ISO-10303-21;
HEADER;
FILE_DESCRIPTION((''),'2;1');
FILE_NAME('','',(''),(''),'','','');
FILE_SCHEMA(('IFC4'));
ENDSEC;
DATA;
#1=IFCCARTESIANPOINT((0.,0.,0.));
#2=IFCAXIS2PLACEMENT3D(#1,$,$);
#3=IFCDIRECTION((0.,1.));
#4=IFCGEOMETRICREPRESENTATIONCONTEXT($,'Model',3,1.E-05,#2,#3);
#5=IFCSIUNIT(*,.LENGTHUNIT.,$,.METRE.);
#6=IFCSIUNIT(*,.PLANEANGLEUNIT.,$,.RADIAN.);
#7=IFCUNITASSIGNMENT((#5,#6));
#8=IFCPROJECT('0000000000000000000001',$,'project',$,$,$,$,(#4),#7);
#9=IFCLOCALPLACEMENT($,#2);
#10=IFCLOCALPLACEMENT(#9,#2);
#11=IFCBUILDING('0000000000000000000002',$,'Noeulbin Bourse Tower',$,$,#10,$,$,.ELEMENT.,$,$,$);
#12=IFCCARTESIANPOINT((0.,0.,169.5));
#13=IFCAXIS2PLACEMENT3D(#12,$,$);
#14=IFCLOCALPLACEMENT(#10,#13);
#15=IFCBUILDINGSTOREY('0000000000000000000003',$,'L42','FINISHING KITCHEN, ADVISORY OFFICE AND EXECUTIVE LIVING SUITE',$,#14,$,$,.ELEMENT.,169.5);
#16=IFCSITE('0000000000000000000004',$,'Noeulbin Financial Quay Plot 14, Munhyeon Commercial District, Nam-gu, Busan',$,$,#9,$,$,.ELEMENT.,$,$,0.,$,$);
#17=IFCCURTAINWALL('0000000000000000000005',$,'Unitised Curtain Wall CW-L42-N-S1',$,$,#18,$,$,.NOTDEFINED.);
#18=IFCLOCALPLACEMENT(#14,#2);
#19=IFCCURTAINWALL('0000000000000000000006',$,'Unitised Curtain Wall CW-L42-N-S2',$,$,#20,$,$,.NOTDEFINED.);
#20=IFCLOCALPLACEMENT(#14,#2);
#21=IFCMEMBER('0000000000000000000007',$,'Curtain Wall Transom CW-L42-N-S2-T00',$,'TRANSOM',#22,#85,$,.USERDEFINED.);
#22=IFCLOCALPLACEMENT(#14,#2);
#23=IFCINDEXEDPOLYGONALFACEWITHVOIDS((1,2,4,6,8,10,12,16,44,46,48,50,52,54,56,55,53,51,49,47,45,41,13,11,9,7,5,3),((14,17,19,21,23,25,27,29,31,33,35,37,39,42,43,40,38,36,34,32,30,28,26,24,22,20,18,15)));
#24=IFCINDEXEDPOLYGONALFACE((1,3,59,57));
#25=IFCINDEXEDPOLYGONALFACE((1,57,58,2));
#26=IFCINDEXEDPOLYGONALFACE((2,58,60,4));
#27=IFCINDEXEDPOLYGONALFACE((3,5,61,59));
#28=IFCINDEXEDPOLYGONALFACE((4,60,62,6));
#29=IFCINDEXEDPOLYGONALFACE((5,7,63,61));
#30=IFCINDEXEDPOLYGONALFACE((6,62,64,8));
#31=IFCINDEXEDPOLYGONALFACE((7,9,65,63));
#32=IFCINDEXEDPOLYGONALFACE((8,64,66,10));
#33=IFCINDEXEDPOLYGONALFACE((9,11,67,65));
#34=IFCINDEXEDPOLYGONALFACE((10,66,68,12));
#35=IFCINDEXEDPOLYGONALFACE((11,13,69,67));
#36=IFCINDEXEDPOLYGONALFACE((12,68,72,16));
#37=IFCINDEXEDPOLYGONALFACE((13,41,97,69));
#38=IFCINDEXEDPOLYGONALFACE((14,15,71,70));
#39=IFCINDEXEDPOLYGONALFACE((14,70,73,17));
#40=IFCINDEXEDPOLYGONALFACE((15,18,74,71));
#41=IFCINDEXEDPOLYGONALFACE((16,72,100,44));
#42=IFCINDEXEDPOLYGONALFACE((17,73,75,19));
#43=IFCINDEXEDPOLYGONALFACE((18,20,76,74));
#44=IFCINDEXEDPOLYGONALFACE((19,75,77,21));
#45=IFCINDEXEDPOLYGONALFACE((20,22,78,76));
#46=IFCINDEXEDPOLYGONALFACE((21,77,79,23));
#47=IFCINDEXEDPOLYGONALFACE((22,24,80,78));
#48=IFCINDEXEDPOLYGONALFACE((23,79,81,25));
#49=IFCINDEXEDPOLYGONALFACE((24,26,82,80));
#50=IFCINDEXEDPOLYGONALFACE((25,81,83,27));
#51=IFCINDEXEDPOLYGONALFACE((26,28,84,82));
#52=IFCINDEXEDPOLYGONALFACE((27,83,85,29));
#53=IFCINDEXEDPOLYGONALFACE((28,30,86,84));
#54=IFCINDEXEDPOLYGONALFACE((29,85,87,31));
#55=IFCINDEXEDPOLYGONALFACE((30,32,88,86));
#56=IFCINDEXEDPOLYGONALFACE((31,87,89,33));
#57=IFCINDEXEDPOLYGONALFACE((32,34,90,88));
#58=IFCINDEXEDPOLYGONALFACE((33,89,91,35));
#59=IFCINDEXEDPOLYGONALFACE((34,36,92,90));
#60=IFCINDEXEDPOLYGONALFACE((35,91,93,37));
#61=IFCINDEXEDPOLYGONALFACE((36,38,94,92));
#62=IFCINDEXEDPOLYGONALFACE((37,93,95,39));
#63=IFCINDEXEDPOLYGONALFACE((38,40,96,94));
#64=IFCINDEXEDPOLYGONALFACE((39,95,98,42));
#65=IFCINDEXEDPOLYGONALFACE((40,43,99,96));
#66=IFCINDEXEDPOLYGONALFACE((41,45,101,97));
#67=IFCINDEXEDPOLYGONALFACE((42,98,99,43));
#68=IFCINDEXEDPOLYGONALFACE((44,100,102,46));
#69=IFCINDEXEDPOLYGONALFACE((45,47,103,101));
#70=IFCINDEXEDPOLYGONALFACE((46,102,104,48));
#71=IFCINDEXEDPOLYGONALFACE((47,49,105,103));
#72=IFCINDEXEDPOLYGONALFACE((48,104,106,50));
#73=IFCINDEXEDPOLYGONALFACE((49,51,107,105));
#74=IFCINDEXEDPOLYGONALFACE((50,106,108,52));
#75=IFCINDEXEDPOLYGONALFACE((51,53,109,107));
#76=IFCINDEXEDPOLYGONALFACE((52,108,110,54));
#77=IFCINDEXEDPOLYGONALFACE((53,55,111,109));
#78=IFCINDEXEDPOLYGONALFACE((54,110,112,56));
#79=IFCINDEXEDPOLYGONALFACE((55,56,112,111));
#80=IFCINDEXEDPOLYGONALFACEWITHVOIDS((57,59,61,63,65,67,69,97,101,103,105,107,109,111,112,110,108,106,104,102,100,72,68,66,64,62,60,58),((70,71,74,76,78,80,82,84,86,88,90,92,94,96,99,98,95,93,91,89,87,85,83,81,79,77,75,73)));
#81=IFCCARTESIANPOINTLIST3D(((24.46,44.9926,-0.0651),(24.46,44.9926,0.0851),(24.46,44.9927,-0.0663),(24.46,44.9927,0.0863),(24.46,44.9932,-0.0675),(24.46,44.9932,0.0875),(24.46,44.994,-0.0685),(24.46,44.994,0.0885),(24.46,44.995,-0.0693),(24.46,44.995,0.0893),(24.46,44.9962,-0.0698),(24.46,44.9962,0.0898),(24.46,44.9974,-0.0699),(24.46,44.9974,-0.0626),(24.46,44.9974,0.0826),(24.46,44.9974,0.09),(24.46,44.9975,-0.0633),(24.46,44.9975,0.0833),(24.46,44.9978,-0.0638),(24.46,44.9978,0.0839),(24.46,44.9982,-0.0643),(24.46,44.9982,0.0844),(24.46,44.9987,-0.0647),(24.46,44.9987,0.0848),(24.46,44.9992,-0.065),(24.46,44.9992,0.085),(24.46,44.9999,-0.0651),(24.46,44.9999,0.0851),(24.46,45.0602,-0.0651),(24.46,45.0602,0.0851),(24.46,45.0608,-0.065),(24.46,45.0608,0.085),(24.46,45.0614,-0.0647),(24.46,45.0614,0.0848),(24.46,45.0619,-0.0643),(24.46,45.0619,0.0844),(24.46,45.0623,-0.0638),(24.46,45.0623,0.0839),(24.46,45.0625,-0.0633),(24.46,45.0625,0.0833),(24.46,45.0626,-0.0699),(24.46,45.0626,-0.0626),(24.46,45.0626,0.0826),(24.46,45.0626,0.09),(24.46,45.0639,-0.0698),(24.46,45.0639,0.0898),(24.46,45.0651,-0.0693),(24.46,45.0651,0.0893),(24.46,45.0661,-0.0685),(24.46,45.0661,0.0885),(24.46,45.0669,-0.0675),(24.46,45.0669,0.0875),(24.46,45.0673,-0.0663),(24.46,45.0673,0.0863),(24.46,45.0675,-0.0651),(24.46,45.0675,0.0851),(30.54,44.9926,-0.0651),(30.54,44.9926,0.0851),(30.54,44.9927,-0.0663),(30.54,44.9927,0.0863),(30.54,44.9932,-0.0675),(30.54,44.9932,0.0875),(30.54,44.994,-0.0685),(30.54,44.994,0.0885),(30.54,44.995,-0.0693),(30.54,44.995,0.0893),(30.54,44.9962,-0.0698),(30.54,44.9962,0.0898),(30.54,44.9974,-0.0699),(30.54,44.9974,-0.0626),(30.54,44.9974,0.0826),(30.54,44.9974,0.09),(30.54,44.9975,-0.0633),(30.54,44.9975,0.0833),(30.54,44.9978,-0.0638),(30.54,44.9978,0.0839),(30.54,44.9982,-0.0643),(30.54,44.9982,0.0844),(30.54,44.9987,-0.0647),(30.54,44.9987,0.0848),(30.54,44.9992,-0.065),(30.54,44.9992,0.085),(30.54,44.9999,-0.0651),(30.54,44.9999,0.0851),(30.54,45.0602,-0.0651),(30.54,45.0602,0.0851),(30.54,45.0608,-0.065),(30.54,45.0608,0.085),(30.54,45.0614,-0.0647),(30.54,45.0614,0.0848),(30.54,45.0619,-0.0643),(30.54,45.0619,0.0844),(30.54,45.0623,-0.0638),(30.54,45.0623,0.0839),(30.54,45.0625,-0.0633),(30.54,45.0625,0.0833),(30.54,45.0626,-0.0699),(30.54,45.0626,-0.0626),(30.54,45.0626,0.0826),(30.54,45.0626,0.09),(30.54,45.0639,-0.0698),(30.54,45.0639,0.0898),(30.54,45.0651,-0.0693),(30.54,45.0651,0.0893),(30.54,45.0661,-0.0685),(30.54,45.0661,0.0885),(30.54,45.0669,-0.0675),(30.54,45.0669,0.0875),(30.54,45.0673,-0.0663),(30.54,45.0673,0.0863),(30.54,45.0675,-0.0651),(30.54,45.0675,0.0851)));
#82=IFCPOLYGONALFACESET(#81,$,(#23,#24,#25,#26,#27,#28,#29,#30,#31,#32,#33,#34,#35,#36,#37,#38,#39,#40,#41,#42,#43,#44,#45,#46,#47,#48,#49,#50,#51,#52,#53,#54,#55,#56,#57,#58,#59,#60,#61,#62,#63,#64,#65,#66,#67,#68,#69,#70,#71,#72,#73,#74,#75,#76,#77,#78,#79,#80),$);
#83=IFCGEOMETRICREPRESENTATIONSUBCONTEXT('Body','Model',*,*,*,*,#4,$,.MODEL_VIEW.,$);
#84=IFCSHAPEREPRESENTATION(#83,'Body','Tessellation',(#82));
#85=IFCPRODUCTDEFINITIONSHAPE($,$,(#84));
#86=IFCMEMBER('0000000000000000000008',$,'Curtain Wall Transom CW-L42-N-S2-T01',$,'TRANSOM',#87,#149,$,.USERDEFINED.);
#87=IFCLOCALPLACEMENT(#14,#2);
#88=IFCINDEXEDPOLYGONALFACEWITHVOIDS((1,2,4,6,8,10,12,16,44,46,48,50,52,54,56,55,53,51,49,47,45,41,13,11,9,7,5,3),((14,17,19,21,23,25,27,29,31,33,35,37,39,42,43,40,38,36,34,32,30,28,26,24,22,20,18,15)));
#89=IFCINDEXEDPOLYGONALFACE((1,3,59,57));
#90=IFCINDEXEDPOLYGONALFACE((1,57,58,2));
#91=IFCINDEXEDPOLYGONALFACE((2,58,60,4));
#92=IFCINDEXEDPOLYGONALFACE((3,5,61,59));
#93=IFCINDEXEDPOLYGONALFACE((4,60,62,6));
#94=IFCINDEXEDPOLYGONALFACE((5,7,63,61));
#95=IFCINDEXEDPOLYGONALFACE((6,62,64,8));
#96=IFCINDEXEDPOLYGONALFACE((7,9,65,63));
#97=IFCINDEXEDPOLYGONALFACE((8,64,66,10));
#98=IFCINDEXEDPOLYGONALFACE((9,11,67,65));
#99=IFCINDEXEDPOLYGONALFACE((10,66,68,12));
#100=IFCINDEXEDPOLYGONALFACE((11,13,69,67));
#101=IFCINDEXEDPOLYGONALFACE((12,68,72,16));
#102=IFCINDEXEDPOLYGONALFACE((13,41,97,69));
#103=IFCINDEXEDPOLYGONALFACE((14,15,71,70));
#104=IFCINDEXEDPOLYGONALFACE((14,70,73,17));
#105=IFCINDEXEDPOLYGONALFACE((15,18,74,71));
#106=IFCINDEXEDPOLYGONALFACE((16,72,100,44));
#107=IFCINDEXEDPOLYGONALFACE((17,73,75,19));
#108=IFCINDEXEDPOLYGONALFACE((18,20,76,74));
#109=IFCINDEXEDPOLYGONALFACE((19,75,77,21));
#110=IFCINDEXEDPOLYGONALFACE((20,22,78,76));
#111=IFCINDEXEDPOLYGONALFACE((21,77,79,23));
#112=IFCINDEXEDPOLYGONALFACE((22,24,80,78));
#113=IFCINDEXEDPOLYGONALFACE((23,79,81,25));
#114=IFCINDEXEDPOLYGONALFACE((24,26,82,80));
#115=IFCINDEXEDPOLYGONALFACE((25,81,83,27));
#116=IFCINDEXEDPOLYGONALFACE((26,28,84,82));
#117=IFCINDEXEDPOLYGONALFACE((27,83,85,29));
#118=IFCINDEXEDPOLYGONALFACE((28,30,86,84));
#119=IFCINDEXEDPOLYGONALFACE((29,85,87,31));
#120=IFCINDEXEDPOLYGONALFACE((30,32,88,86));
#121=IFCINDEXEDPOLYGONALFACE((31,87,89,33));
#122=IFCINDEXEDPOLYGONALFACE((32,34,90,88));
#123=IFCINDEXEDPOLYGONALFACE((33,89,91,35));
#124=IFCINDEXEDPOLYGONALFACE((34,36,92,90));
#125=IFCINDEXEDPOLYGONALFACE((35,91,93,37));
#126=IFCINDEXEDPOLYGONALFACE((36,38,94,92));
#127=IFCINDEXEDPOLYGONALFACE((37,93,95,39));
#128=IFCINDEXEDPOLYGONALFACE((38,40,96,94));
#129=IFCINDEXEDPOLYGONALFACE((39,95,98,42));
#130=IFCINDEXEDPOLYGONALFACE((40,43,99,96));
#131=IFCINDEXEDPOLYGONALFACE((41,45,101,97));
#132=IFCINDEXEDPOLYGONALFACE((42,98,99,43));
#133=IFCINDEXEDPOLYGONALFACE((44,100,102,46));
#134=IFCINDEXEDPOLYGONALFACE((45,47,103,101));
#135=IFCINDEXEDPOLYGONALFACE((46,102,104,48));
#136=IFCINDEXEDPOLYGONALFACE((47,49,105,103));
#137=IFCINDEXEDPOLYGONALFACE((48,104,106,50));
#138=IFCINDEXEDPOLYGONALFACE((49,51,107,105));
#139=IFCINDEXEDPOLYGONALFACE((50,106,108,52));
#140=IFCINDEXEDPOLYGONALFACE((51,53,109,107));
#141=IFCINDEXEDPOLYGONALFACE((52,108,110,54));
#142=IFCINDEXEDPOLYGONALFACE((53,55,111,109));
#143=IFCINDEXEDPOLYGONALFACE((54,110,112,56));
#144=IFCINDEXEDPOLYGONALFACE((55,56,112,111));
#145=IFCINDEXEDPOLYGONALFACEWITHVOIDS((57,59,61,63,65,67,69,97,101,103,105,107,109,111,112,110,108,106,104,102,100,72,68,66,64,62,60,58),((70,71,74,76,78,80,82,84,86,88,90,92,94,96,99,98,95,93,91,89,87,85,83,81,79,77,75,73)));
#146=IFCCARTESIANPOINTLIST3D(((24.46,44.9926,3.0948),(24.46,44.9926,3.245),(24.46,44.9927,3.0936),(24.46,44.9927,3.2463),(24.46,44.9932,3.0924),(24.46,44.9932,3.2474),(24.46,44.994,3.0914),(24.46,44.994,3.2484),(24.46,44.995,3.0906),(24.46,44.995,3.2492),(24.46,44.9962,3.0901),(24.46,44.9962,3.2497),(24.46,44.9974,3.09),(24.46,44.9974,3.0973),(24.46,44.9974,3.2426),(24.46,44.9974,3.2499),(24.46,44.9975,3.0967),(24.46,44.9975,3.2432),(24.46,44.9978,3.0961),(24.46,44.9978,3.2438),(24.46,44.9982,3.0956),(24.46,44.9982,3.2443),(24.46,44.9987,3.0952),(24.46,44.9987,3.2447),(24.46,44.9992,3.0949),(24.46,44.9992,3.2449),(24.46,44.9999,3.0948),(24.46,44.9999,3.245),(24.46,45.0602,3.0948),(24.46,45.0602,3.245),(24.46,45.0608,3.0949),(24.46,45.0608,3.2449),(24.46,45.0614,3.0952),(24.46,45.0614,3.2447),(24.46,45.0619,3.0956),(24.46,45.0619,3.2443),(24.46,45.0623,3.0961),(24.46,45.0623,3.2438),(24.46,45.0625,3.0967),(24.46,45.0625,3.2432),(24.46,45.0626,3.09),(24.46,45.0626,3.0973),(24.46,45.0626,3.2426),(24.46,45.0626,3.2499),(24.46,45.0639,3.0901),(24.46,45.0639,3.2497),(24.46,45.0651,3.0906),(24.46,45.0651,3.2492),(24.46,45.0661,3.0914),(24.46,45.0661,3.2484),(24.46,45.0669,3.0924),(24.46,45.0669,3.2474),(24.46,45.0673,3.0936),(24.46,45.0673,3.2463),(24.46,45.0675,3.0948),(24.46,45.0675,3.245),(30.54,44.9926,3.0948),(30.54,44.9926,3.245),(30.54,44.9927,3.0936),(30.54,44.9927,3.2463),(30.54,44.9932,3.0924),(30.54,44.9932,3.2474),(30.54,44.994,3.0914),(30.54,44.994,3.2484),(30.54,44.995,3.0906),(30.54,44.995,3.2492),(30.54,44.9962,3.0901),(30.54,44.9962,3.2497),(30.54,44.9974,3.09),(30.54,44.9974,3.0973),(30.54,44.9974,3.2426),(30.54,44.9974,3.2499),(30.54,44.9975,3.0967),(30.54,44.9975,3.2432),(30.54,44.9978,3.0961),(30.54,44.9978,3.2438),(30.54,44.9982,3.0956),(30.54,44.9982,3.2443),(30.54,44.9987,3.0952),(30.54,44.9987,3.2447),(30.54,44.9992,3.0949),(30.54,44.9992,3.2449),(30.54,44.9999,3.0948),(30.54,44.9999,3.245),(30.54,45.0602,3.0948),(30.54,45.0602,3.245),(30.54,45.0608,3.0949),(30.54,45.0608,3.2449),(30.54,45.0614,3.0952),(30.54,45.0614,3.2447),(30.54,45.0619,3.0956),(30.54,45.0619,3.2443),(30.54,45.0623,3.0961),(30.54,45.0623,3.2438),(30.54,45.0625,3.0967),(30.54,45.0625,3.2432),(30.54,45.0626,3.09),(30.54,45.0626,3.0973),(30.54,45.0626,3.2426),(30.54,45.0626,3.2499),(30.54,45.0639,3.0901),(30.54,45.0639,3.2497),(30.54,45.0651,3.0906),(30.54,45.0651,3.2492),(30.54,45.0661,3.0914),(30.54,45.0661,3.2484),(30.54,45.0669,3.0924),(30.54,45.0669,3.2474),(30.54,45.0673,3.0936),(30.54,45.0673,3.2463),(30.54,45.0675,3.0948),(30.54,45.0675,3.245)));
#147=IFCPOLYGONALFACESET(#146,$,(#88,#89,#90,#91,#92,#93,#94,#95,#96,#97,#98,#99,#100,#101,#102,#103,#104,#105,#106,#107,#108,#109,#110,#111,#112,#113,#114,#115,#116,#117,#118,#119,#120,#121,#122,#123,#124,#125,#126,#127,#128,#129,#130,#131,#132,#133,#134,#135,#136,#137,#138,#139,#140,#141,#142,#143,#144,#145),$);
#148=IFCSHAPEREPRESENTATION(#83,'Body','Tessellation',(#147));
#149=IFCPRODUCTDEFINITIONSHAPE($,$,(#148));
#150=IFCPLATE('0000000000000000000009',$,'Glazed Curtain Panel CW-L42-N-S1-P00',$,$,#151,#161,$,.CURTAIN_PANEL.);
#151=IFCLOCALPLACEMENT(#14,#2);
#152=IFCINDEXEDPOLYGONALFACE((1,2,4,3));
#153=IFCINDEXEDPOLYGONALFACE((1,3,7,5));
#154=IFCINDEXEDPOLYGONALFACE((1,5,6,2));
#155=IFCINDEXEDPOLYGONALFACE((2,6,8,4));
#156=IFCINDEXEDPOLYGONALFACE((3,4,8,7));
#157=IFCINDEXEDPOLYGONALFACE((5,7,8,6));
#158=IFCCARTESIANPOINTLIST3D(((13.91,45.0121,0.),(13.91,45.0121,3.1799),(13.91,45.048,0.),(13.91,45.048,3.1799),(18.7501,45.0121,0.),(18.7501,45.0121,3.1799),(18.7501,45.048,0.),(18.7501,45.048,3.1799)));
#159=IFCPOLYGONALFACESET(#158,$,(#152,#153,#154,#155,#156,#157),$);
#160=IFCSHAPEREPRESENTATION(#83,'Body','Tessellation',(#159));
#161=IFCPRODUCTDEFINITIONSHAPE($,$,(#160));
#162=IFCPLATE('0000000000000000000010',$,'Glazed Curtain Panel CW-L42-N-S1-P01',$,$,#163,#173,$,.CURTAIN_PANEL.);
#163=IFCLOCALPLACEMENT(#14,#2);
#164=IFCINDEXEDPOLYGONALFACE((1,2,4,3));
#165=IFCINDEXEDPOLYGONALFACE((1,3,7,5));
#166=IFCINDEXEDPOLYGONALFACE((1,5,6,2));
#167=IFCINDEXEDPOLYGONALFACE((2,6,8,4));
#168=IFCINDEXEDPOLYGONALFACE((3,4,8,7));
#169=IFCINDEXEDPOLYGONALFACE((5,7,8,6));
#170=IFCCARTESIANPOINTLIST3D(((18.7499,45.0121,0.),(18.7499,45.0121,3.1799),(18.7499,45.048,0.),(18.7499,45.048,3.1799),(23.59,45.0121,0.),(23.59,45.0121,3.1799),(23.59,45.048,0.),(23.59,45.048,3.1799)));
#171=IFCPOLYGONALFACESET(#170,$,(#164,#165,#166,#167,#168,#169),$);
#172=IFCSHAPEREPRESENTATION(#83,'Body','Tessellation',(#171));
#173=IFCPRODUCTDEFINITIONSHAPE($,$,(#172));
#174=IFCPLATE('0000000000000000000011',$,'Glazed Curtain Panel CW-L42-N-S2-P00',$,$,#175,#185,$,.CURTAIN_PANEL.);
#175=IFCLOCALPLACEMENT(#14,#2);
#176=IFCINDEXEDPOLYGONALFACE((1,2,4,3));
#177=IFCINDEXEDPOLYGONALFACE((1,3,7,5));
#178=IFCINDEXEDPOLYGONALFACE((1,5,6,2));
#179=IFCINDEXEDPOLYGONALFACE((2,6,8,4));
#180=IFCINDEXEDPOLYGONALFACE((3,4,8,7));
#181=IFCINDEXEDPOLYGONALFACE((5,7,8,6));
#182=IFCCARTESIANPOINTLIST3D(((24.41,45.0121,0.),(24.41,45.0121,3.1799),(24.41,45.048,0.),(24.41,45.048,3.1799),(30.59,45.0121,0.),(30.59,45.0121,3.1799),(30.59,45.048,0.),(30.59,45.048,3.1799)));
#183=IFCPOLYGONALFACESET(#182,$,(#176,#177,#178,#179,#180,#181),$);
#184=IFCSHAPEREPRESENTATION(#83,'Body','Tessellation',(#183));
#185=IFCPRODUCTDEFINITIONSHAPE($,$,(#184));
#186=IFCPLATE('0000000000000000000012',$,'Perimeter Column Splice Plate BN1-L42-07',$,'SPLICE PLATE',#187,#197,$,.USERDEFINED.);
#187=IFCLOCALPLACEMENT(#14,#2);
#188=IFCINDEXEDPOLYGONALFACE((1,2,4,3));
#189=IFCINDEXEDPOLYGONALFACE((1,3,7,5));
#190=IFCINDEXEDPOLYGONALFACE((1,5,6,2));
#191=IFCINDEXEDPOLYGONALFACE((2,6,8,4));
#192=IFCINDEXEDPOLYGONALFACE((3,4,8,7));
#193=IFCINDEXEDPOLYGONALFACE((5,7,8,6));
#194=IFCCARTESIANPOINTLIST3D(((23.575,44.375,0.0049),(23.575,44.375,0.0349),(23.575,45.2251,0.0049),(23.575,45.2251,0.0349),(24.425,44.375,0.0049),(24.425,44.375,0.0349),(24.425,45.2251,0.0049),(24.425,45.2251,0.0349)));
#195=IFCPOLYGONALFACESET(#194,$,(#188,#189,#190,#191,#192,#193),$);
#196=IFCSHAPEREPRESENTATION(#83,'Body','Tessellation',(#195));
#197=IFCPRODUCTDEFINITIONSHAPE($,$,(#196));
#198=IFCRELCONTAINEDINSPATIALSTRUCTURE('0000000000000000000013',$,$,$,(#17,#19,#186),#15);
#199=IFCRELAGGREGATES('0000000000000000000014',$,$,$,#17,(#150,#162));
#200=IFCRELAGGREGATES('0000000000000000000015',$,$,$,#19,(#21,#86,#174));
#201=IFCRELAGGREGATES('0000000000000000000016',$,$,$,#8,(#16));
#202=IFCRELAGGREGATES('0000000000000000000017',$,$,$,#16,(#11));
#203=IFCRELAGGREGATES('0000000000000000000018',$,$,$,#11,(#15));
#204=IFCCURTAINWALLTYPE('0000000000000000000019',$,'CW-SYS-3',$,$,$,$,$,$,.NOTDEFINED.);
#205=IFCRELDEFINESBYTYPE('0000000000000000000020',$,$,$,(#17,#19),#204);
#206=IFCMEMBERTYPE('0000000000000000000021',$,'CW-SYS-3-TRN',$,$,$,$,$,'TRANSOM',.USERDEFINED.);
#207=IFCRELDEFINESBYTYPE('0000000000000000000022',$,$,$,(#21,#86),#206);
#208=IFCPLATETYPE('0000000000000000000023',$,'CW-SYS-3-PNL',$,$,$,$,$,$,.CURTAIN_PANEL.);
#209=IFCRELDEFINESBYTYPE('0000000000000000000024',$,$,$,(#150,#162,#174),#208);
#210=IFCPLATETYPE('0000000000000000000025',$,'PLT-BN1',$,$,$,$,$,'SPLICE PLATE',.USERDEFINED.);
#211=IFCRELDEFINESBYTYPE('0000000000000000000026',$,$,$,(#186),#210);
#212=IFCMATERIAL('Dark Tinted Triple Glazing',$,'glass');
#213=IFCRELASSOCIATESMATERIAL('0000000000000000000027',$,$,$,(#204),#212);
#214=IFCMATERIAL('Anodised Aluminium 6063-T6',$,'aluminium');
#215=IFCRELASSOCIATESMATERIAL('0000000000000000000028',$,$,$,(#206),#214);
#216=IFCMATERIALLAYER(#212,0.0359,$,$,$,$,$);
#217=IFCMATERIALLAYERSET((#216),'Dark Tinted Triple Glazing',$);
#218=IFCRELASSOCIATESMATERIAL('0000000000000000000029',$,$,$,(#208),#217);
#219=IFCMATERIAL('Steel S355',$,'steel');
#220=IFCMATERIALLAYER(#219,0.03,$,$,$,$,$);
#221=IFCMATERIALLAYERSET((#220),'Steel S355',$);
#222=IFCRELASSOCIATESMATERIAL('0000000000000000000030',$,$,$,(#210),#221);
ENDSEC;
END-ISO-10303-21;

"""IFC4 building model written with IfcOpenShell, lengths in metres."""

from ifc_helpers import new_model, si_unit, direction, frame, origin, origin_2d, place, context, subcontext, project, spatial, rectangle, hollow_rectangle, extrude, material, layer, layer_set, material_profile, profile_set, type_object, element, aggregate, save


model = new_model("IFC4")

# Units and contexts
model_context = context("Model", 3, precision=1e-05, world=origin(), true_north=direction((0.0, 1.0)))
body_context = subcontext(model_context, "Body", "Model", "MODEL_VIEW")
ifc_project = project(units=[si_unit("LENGTHUNIT", "METRE"), si_unit("PLANEANGLEUNIT", "RADIAN")], contexts=[model_context])

# Site, building, storey
site_placement = place(None, origin())
site = spatial("IfcSite", under=ifc_project, at=site_placement, Name="Noeulbin Financial Quay Plot 14, Munhyeon Commercial District, Nam-gu, Busan", CompositionType="ELEMENT", RefElevation=0.0)
building_placement = place(site_placement, origin())
building = spatial("IfcBuilding", under=site, at=building_placement, Name="Noeulbin Bourse Tower", CompositionType="ELEMENT")
storey_placement = place(building_placement, frame((0.0, 0.0, 169.5)))
storey = spatial("IfcBuildingStorey", under=building, at=storey_placement, Name="L42", Description="FINISHING KITCHEN, ADVISORY OFFICE AND EXECUTIVE LIVING SUITE", CompositionType="ELEMENT", Elevation=169.5)

# Shared definitions
ifc_material_1 = material(Name="Steel S355", Category="steel")

# Curtain walls, members
ifc_material_2 = material(Name="Dark Tinted Triple Glazing", Category="glass")
curtain_wall_type = type_object("IfcCurtainWallType", Name="CW-SYS-3", PredefinedType="NOTDEFINED", material=ifc_material_2)
curtain_wall_1_placement = place(storey_placement, origin())
curtain_wall_1 = element("IfcCurtainWall", 1, at=curtain_wall_1_placement, inside=storey, type_object=curtain_wall_type, Name="Unitised Curtain Wall CW-L42-N-S1", PredefinedType="NOTDEFINED")
ifc_material_3 = material(Name="Anodised Aluminium 6063-T6", Category="aluminium")
curtain_wall_2_placement = place(storey_placement, origin())
curtain_wall_2 = element("IfcCurtainWall", 2, at=curtain_wall_2_placement, inside=storey, type_object=curtain_wall_type, Name="Unitised Curtain Wall CW-L42-N-S2", PredefinedType="NOTDEFINED")
ifc_material_profile_1 = material_profile(ifc_material_3, hollow_rectangle(XDim=0.075, YDim=0.1599, WallThickness=0.0049, InnerFilletRadius=0.0024, OuterFilletRadius=0.0049, at=origin_2d()), Name="ALU-TRAN-75x160x5", Category="LoadBearing")
ifc_profile_set_1 = profile_set([ifc_material_profile_1], Name="Anodised Aluminium 6063-T6")
member_type_1 = type_object("IfcMemberType", Name="CW-SYS-3-TRN", ElementType="TRANSOM", PredefinedType="USERDEFINED", material=ifc_profile_set_1)
member_1_placement = place(storey_placement, frame((24.46, 45.03, 0.01), z_axis=(1.0, 0.0, 0.0), x_axis=(0.0, 1.0, 0.0)))
member_1 = element("IfcMember", 3, at=member_1_placement, type_object=member_type_1, Name="Curtain Wall Transom CW-L42-N-S2-T00", ObjectType="TRANSOM", PredefinedType="USERDEFINED", context=body_context, shape_type="SweptSolid", body=[
    extrude(hollow_rectangle(XDim=0.075, YDim=0.1599, WallThickness=0.0049, InnerFilletRadius=0.0024, OuterFilletRadius=0.0049, at=origin_2d()), origin(), (0.0, 0.0, 1.0), 6.0801),
])
member_2_placement = place(storey_placement, frame((24.46, 45.03, 3.1699), z_axis=(1.0, 0.0, 0.0), x_axis=(0.0, 1.0, 0.0)))
member_2 = element("IfcMember", 4, at=member_2_placement, type_object=member_type_1, Name="Curtain Wall Transom CW-L42-N-S2-T01", ObjectType="TRANSOM", PredefinedType="USERDEFINED", context=body_context, shape_type="SweptSolid", body=[
    extrude(hollow_rectangle(XDim=0.075, YDim=0.1599, WallThickness=0.0049, InnerFilletRadius=0.0024, OuterFilletRadius=0.0049, at=origin_2d()), origin(), (0.0, 0.0, 1.0), 6.0801),
])

# Plates
ifc_layer_1 = layer(ifc_material_2, 0.0359)
ifc_layer_set_1 = layer_set([ifc_layer_1], Name="Dark Tinted Triple Glazing")
plate_type_1 = type_object("IfcPlateType", Name="CW-SYS-3-PNL", PredefinedType="CURTAIN_PANEL", material=ifc_layer_set_1)
plate_1_placement = place(storey_placement, frame((16.3301, 45.03, 0.0), z_axis=(0.0, 0.0, 1.0), x_axis=(1.0, 0.0, 0.0)))
plate_1 = element("IfcPlate", 5, at=plate_1_placement, type_object=plate_type_1, Name="Glazed Curtain Panel CW-L42-N-S1-P00", PredefinedType="CURTAIN_PANEL", context=body_context, shape_type="SweptSolid", body=[
    extrude(rectangle(XDim=4.8401, YDim=0.0359, at=origin_2d()), origin(), (0.0, 0.0, 1.0), 3.1799),
])
plate_2_placement = place(storey_placement, frame((21.1699, 45.03, 0.0), z_axis=(0.0, 0.0, 1.0), x_axis=(1.0, 0.0, 0.0)))
plate_2 = element("IfcPlate", 6, at=plate_2_placement, type_object=plate_type_1, Name="Glazed Curtain Panel CW-L42-N-S1-P01", PredefinedType="CURTAIN_PANEL", context=body_context, shape_type="SweptSolid", body=[
    extrude(rectangle(XDim=4.8401, YDim=0.0359, at=origin_2d()), origin(), (0.0, 0.0, 1.0), 3.1799),
])
aggregate(curtain_wall_1, [plate_1, plate_2])
plate_3_placement = place(storey_placement, frame((27.5, 45.03, 0.0), z_axis=(0.0, 0.0, 1.0), x_axis=(1.0, 0.0, 0.0)))
plate_3 = element("IfcPlate", 7, at=plate_3_placement, type_object=plate_type_1, Name="Glazed Curtain Panel CW-L42-N-S2-P00", PredefinedType="CURTAIN_PANEL", context=body_context, shape_type="SweptSolid", body=[
    extrude(rectangle(XDim=6.1799, YDim=0.0359, at=origin_2d()), origin(), (0.0, 0.0, 1.0), 3.1799),
])
aggregate(curtain_wall_2, [member_1, member_2, plate_3])
ifc_layer_2 = layer(ifc_material_1, 0.03)
ifc_layer_set_2 = layer_set([ifc_layer_2], Name="Steel S355")
plate_type_2 = type_object("IfcPlateType", Name="PLT-BN1", ElementType="SPLICE PLATE", PredefinedType="USERDEFINED", material=ifc_layer_set_2)
plate_4_placement = place(storey_placement, frame((24.0, 44.8, 0.0049), z_axis=(0.0, 0.0, 1.0), x_axis=(1.0, 0.0, 0.0)))
element("IfcPlate", 8, at=plate_4_placement, inside=storey, type_object=plate_type_2, Name="Perimeter Column Splice Plate BN1-L42-07", ObjectType="SPLICE PLATE", PredefinedType="USERDEFINED", context=body_context, shape_type="SweptSolid", body=[
    extrude(rectangle(XDim=0.8501, YDim=0.8501, at=origin_2d()), origin(), (0.0, 0.0, 1.0), 0.03),
])

save(model, "model.ifc")
